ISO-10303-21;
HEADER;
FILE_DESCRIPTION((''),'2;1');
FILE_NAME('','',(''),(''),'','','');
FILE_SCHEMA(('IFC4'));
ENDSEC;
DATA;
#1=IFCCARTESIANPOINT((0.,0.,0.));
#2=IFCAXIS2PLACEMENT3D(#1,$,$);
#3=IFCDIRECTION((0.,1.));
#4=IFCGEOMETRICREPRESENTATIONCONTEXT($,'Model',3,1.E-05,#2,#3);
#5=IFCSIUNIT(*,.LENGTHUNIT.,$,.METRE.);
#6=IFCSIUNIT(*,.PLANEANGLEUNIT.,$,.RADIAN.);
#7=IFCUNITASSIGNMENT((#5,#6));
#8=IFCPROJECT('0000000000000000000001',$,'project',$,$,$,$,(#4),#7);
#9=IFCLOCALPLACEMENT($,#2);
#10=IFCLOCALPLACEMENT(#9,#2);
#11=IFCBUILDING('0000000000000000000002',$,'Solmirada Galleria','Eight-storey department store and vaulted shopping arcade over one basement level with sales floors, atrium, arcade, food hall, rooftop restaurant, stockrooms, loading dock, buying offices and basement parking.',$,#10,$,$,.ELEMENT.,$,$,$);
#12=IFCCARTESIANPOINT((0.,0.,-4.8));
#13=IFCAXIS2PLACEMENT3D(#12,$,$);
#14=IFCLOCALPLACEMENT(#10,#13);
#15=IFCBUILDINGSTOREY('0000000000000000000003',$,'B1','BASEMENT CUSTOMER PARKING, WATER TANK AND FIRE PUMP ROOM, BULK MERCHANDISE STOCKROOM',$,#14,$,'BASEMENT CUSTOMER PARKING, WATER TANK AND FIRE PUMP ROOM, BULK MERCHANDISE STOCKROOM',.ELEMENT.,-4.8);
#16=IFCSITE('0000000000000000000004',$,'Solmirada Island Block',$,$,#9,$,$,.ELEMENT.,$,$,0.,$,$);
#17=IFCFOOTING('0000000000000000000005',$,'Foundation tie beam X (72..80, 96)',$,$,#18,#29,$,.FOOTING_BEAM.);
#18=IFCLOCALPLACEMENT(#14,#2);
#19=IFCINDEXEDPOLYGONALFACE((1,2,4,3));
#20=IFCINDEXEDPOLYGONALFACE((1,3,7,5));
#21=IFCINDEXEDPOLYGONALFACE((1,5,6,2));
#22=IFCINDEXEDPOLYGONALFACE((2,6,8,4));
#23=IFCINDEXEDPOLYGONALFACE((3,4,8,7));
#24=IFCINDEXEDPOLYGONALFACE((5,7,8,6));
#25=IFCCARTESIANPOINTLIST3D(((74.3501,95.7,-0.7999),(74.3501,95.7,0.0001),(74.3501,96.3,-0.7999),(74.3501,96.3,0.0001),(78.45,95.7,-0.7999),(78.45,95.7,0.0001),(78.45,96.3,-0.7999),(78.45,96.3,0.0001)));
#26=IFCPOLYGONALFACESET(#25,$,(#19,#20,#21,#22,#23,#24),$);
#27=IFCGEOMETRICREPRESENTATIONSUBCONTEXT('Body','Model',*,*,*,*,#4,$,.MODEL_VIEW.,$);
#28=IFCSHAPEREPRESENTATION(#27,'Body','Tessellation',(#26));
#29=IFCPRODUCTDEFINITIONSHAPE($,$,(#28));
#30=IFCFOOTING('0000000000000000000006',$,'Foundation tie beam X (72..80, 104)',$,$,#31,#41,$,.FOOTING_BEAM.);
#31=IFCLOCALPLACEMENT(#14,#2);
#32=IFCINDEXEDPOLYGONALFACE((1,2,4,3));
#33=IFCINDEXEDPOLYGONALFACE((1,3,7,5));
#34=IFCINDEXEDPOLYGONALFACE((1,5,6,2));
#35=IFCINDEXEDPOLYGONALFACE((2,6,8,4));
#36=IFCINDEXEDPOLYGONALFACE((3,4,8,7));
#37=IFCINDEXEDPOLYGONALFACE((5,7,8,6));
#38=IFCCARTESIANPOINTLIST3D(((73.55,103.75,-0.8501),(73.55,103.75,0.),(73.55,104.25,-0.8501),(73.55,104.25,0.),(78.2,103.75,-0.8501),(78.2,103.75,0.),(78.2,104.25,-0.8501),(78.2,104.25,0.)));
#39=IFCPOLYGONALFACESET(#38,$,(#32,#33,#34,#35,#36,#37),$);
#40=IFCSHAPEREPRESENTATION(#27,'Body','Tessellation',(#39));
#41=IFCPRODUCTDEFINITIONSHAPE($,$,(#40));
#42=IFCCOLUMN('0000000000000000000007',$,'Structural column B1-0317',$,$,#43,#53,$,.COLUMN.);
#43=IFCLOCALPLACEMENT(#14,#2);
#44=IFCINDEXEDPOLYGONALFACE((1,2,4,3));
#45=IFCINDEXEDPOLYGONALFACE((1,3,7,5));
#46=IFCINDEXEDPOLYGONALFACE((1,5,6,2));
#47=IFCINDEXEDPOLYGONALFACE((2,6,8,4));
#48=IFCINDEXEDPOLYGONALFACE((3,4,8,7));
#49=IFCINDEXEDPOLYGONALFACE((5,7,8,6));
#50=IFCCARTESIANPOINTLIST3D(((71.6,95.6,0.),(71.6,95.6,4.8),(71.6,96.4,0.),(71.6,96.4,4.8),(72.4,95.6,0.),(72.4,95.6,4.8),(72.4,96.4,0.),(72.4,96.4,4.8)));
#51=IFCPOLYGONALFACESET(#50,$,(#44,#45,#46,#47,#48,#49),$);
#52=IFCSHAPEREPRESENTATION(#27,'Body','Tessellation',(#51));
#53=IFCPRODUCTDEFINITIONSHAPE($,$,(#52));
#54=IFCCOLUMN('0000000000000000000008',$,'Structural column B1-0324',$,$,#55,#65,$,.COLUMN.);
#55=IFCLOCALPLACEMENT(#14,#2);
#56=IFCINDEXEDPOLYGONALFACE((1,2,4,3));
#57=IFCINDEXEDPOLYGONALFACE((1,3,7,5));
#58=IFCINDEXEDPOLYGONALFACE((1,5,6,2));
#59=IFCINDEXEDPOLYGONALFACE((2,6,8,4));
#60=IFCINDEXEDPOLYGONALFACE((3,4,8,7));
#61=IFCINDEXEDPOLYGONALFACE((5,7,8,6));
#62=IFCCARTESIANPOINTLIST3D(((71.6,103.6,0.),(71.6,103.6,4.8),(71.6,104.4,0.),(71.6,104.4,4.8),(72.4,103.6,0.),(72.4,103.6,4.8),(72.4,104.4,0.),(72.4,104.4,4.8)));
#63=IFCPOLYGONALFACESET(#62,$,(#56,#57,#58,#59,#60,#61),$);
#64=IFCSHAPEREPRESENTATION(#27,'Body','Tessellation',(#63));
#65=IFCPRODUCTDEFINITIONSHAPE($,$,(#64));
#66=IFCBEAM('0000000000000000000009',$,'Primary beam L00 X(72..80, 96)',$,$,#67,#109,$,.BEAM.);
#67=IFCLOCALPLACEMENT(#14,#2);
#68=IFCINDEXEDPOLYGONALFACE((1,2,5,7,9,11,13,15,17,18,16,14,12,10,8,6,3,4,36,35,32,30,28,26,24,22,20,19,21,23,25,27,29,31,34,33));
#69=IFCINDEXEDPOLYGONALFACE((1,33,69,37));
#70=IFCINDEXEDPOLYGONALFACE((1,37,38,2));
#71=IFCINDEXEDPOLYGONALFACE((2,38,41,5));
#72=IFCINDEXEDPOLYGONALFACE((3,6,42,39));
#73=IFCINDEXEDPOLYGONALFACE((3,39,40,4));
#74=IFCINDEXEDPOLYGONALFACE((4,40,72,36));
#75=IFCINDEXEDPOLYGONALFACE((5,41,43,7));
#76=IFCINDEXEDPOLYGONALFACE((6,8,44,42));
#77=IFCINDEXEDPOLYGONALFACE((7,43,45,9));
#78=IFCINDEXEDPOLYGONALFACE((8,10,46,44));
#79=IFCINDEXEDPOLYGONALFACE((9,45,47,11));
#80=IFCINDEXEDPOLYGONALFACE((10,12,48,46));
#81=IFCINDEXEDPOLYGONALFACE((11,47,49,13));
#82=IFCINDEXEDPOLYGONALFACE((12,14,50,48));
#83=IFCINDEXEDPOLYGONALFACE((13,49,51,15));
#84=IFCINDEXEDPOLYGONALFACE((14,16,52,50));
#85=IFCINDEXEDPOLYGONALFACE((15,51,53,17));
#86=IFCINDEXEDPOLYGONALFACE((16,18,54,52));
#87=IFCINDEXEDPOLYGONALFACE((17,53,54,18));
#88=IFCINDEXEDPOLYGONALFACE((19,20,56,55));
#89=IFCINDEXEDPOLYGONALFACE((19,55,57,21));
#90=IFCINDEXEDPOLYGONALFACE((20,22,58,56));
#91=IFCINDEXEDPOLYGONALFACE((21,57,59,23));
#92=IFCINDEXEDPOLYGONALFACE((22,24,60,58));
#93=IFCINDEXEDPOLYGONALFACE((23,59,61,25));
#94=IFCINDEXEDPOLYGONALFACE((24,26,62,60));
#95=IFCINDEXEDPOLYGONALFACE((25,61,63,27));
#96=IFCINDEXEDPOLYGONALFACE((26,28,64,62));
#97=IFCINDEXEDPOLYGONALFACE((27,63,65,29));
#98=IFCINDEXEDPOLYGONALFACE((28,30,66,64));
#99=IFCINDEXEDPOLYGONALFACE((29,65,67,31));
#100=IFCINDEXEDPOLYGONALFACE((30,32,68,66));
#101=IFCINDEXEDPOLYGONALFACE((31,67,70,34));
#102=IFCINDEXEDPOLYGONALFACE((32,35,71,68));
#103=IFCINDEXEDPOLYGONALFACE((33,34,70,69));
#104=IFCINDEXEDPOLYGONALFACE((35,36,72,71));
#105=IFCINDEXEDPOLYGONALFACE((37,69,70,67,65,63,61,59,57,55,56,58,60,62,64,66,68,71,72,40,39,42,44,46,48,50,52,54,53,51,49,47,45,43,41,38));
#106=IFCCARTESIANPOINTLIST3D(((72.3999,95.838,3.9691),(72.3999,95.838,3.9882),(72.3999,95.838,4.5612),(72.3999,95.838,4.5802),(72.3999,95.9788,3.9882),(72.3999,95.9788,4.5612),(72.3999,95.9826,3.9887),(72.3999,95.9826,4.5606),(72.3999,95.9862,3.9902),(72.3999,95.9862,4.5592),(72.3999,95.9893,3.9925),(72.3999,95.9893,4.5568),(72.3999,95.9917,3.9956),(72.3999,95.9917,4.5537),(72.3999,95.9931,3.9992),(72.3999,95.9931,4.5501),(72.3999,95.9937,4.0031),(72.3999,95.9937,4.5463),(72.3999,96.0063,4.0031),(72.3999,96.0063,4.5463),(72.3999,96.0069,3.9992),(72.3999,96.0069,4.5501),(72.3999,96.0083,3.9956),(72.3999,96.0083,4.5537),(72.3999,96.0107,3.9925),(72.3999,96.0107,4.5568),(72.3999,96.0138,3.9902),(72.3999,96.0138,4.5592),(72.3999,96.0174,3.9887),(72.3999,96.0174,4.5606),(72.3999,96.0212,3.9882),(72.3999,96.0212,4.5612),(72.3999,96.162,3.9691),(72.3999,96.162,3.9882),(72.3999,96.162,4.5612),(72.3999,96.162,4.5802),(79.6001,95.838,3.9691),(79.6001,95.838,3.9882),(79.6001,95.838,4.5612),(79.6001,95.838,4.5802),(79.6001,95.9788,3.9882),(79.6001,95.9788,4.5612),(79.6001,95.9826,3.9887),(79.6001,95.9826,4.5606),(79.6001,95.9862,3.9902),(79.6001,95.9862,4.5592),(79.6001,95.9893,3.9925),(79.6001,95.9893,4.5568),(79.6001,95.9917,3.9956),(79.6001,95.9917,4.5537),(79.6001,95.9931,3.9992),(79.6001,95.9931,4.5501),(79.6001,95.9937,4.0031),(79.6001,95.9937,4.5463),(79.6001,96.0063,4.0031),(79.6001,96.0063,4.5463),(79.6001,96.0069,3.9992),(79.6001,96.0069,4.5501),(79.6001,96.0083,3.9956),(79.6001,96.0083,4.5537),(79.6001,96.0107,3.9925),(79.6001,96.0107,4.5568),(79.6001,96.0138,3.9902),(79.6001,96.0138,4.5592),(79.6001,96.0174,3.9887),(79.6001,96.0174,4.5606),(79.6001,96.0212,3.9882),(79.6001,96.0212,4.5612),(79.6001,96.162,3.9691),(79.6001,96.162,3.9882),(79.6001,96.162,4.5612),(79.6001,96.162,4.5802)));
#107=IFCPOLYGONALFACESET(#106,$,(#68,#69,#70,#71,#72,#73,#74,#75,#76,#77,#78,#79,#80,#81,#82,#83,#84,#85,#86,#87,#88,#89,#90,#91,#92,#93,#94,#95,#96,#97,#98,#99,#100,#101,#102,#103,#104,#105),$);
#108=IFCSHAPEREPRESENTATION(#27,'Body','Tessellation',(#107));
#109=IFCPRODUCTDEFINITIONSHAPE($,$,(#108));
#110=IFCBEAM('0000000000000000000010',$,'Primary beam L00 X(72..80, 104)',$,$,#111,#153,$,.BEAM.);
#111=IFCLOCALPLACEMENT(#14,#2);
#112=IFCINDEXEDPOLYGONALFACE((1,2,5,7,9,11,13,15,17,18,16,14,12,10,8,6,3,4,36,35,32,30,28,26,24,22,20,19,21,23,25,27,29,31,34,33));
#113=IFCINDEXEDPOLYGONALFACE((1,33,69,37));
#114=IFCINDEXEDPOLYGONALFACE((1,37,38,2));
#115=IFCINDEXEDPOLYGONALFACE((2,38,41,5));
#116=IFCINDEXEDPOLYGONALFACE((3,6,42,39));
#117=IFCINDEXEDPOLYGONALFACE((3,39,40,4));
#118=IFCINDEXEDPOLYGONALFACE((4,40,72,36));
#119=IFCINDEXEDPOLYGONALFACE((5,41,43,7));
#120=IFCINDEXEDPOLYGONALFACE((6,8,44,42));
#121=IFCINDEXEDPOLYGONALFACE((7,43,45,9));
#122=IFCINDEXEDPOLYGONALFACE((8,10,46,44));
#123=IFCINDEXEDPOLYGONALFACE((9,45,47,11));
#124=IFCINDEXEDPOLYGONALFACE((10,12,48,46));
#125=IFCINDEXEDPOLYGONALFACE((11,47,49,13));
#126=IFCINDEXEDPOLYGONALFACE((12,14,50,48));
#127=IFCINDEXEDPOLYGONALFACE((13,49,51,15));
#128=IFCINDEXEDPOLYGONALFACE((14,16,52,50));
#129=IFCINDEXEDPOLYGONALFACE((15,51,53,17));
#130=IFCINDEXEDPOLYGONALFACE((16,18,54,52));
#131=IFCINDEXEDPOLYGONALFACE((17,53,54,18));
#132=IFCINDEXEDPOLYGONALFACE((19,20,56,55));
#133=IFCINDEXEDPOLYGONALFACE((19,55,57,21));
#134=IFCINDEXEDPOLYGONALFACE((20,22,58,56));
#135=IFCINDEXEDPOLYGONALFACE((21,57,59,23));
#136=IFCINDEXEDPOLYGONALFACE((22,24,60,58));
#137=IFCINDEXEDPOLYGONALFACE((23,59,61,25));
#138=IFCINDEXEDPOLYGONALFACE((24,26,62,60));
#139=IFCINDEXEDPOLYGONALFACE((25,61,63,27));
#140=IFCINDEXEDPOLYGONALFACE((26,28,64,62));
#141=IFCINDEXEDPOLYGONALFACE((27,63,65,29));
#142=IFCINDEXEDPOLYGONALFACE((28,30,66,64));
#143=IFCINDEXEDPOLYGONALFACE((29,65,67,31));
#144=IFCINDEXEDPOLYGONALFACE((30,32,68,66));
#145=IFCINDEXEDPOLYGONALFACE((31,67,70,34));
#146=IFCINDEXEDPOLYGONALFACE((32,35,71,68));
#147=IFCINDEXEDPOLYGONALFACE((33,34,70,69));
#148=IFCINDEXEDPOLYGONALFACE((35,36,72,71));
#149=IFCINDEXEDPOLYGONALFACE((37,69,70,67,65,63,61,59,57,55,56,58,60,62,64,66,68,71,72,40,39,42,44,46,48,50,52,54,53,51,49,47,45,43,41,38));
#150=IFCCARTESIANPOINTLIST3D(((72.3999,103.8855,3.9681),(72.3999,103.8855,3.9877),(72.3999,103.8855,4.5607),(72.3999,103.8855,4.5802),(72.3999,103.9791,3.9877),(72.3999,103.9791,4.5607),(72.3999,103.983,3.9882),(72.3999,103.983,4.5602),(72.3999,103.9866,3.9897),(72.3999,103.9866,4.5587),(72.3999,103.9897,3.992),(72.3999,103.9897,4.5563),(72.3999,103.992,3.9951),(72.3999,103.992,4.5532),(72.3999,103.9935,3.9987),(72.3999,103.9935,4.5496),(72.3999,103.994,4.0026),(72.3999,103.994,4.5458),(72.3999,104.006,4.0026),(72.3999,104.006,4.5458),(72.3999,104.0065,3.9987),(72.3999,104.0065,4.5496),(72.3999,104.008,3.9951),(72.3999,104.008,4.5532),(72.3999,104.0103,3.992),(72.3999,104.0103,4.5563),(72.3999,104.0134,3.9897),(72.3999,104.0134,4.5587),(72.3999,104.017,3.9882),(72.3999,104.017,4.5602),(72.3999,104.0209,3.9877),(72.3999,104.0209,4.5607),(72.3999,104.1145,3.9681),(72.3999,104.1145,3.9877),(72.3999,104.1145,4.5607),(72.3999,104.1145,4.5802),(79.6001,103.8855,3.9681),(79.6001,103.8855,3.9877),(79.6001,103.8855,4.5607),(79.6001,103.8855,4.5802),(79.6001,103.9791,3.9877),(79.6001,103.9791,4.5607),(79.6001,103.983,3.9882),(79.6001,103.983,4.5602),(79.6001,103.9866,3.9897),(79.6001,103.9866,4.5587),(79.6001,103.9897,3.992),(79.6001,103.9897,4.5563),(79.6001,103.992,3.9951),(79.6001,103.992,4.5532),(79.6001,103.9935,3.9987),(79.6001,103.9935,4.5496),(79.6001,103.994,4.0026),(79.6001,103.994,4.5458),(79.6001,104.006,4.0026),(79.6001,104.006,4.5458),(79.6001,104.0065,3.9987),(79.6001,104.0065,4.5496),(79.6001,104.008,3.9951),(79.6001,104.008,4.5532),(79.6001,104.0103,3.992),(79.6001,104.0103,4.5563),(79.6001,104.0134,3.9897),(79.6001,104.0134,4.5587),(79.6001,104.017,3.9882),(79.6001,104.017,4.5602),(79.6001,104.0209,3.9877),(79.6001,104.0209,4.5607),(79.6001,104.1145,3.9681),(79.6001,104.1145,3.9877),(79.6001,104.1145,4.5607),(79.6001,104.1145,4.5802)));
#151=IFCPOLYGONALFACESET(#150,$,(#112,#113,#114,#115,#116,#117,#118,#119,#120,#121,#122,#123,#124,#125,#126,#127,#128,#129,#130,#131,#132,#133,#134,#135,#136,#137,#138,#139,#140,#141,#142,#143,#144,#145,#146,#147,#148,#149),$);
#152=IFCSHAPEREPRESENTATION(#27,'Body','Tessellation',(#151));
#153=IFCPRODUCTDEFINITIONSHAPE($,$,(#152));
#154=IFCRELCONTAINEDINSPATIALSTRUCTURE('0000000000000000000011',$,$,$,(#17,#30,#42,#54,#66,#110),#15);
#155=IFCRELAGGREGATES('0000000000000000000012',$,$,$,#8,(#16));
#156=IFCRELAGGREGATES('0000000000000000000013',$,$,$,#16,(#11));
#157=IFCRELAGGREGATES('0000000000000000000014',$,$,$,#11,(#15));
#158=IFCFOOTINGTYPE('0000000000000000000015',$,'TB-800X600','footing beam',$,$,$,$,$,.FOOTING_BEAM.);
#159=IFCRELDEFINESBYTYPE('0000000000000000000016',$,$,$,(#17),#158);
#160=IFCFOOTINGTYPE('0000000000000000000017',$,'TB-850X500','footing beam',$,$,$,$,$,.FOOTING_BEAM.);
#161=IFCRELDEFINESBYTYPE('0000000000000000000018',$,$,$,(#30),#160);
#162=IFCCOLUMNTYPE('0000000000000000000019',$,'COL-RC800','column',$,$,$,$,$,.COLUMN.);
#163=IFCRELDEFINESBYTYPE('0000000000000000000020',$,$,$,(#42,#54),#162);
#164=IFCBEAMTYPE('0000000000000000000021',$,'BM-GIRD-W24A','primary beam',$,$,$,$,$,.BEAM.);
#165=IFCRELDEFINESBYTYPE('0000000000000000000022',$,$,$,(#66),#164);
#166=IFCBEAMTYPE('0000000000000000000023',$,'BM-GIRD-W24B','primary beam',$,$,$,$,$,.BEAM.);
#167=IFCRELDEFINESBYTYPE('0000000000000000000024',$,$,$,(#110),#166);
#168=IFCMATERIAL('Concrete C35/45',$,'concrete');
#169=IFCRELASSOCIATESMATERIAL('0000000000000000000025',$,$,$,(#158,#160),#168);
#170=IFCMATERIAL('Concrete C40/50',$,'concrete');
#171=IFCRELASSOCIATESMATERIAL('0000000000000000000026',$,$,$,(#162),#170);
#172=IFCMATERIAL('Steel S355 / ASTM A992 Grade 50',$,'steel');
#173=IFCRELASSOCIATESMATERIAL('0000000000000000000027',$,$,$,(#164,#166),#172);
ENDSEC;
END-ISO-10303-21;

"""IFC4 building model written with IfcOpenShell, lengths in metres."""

from ifc_helpers import new_model, si_unit, direction, frame, origin, origin_2d, place, context, subcontext, project, spatial, rectangle, i_section, extrude, material, material_profile, profile_set, type_object, element, save


model = new_model("IFC4")

# Units and contexts
model_context = context("Model", 3, precision=1e-05, world=origin(), true_north=direction((0.0, 1.0)))
body_context = subcontext(model_context, "Body", "Model", "MODEL_VIEW")
ifc_project = project(units=[si_unit("LENGTHUNIT", "METRE"), si_unit("PLANEANGLEUNIT", "RADIAN")], contexts=[model_context])

# Site, building, storey
site_placement = place(None, origin())
site = spatial("IfcSite", under=ifc_project, at=site_placement, Name="Solmirada Island Block", CompositionType="ELEMENT", RefElevation=0.0)
building_placement = place(site_placement, origin())
building = spatial("IfcBuilding", under=site, at=building_placement, Name="Solmirada Galleria", Description="Eight-storey department store and vaulted shopping arcade over one basement level with sales floors, atrium, arcade, food hall, rooftop restaurant, stockrooms, loading dock, buying offices and basement parking.", CompositionType="ELEMENT")
storey_placement = place(building_placement, frame((0.0, 0.0, -4.8)))
storey = spatial("IfcBuildingStorey", under=building, at=storey_placement, Name="B1", Description="BASEMENT CUSTOMER PARKING, WATER TANK AND FIRE PUMP ROOM, BULK MERCHANDISE STOCKROOM", LongName="BASEMENT CUSTOMER PARKING, WATER TANK AND FIRE PUMP ROOM, BULK MERCHANDISE STOCKROOM", CompositionType="ELEMENT", Elevation=-4.8)

# Shared definitions
ifc_material_1 = material(Name="Concrete C35/45", Category="concrete")

# Shared definitions
ifc_material_2 = material(Name="Concrete C40/50", Category="concrete")

# Footings
ifc_material_profile_1 = material_profile(ifc_material_1, rectangle(XDim=0.6001, YDim=0.8, at=origin_2d()), Name="RC800X600")
ifc_profile_set_1 = profile_set([ifc_material_profile_1], Name="Concrete C35/45")
footing_type_1 = type_object("IfcFootingType", Name="TB-800X600", Description="footing beam", PredefinedType="FOOTING_BEAM", material=ifc_profile_set_1)
footing_1_placement = place(storey_placement, frame((74.3501, 96.0, -0.3999), z_axis=(1.0, 0.0, 0.0), x_axis=(0.0, 1.0, 0.0)))
element("IfcFooting", 1, at=footing_1_placement, inside=storey, type_object=footing_type_1, Name="Foundation tie beam X (72..80, 96)", PredefinedType="FOOTING_BEAM", context=body_context, shape_type="SweptSolid", body=[
    extrude(rectangle(XDim=0.6001, YDim=0.8, at=origin_2d()), origin(), (0.0, 0.0, 1.0), 4.0999),
])
ifc_material_profile_2 = material_profile(ifc_material_1, rectangle(XDim=0.5, YDim=0.8501, at=origin_2d()), Name="RC850X500")
ifc_profile_set_2 = profile_set([ifc_material_profile_2], Name="Concrete C35/45")
footing_type_2 = type_object("IfcFootingType", Name="TB-850X500", Description="footing beam", PredefinedType="FOOTING_BEAM", material=ifc_profile_set_2)
footing_2_placement = place(storey_placement, frame((73.55, 104.0, -0.425), z_axis=(1.0, 0.0, 0.0), x_axis=(0.0, 1.0, 0.0)))
element("IfcFooting", 2, at=footing_2_placement, inside=storey, type_object=footing_type_2, Name="Foundation tie beam X (72..80, 104)", PredefinedType="FOOTING_BEAM", context=body_context, shape_type="SweptSolid", body=[
    extrude(rectangle(XDim=0.5, YDim=0.8501, at=origin_2d()), origin(), (0.0, 0.0, 1.0), 4.6499),
])

# Columns
ifc_material_profile_3 = material_profile(ifc_material_2, rectangle(XDim=0.8, YDim=0.8, at=origin_2d()), Name="RC800X800")
ifc_profile_set_3 = profile_set([ifc_material_profile_3], Name="Concrete C40/50")
column_type = type_object("IfcColumnType", Name="COL-RC800", Description="column", PredefinedType="COLUMN", material=ifc_profile_set_3)
for number, where, z_axis, x_axis, name in (
    (3, (72.0, 96.0, 0.0), (0.0, 0.0, 1.0), (1.0, 0.0, 0.0), "Structural column B1-0317"),
    (4, (72.0, 104.0, 0.0), (0.0, 0.0, 1.0), (1.0, 0.0, 0.0), "Structural column B1-0324"),
):
    element("IfcColumn", number, at=place(storey_placement, frame(where, z_axis=z_axis, x_axis=x_axis)), inside=storey, type_object=column_type, Name=name, PredefinedType="COLUMN", context=body_context, shape_type="SweptSolid", body=[
        extrude(rectangle(XDim=0.8, YDim=0.8, at=origin_2d()), origin(), (0.0, 0.0, 1.0), 4.8),
    ])

# Beams
ifc_material_3 = material(Name="Steel S355 / ASTM A992 Grade 50", Category="steel")
ifc_material_profile_4 = material_profile(ifc_material_3, i_section(OverallWidth=0.324, OverallDepth=0.6111, WebThickness=0.0127, FlangeThickness=0.019, FilletRadius=0.0149, at=origin_2d()), Name="W24X104")
ifc_profile_set_4 = profile_set([ifc_material_profile_4], Name="Steel S355 / ASTM A992 Grade 50")
beam_type_1 = type_object("IfcBeamType", Name="BM-GIRD-W24A", Description="primary beam", PredefinedType="BEAM", material=ifc_profile_set_4)
beam_1_placement = place(storey_placement, frame((72.3999, 96.0, 4.2747), z_axis=(1.0, 0.0, 0.0), x_axis=(0.0, 1.0, 0.0)))
element("IfcBeam", 5, at=beam_1_placement, inside=storey, type_object=beam_type_1, Name="Primary beam L00 X(72..80, 96)", PredefinedType="BEAM", context=body_context, shape_type="SweptSolid", body=[
    extrude(i_section(OverallWidth=0.324, OverallDepth=0.6111, WebThickness=0.0127, FlangeThickness=0.019, FilletRadius=0.0149, at=origin_2d()), origin(), (0.0, 0.0, 1.0), 7.2002),
])
ifc_material_profile_5 = material_profile(ifc_material_3, i_section(OverallWidth=0.229, OverallDepth=0.6121, WebThickness=0.012, FlangeThickness=0.0195, FilletRadius=0.0149, at=origin_2d()), Name="W24X84")
ifc_profile_set_5 = profile_set([ifc_material_profile_5], Name="Steel S355 / ASTM A992 Grade 50")
beam_type_2 = type_object("IfcBeamType", Name="BM-GIRD-W24B", Description="primary beam", PredefinedType="BEAM", material=ifc_profile_set_5)
beam_2_placement = place(storey_placement, frame((72.3999, 104.0, 4.2742), z_axis=(1.0, 0.0, 0.0), x_axis=(0.0, 1.0, 0.0)))
element("IfcBeam", 6, at=beam_2_placement, inside=storey, type_object=beam_type_2, Name="Primary beam L00 X(72..80, 104)", PredefinedType="BEAM", context=body_context, shape_type="SweptSolid", body=[
    extrude(i_section(OverallWidth=0.229, OverallDepth=0.6121, WebThickness=0.012, FlangeThickness=0.0195, FilletRadius=0.0149, at=origin_2d()), origin(), (0.0, 0.0, 1.0), 7.2002),
])

save(model, "model.ifc")
